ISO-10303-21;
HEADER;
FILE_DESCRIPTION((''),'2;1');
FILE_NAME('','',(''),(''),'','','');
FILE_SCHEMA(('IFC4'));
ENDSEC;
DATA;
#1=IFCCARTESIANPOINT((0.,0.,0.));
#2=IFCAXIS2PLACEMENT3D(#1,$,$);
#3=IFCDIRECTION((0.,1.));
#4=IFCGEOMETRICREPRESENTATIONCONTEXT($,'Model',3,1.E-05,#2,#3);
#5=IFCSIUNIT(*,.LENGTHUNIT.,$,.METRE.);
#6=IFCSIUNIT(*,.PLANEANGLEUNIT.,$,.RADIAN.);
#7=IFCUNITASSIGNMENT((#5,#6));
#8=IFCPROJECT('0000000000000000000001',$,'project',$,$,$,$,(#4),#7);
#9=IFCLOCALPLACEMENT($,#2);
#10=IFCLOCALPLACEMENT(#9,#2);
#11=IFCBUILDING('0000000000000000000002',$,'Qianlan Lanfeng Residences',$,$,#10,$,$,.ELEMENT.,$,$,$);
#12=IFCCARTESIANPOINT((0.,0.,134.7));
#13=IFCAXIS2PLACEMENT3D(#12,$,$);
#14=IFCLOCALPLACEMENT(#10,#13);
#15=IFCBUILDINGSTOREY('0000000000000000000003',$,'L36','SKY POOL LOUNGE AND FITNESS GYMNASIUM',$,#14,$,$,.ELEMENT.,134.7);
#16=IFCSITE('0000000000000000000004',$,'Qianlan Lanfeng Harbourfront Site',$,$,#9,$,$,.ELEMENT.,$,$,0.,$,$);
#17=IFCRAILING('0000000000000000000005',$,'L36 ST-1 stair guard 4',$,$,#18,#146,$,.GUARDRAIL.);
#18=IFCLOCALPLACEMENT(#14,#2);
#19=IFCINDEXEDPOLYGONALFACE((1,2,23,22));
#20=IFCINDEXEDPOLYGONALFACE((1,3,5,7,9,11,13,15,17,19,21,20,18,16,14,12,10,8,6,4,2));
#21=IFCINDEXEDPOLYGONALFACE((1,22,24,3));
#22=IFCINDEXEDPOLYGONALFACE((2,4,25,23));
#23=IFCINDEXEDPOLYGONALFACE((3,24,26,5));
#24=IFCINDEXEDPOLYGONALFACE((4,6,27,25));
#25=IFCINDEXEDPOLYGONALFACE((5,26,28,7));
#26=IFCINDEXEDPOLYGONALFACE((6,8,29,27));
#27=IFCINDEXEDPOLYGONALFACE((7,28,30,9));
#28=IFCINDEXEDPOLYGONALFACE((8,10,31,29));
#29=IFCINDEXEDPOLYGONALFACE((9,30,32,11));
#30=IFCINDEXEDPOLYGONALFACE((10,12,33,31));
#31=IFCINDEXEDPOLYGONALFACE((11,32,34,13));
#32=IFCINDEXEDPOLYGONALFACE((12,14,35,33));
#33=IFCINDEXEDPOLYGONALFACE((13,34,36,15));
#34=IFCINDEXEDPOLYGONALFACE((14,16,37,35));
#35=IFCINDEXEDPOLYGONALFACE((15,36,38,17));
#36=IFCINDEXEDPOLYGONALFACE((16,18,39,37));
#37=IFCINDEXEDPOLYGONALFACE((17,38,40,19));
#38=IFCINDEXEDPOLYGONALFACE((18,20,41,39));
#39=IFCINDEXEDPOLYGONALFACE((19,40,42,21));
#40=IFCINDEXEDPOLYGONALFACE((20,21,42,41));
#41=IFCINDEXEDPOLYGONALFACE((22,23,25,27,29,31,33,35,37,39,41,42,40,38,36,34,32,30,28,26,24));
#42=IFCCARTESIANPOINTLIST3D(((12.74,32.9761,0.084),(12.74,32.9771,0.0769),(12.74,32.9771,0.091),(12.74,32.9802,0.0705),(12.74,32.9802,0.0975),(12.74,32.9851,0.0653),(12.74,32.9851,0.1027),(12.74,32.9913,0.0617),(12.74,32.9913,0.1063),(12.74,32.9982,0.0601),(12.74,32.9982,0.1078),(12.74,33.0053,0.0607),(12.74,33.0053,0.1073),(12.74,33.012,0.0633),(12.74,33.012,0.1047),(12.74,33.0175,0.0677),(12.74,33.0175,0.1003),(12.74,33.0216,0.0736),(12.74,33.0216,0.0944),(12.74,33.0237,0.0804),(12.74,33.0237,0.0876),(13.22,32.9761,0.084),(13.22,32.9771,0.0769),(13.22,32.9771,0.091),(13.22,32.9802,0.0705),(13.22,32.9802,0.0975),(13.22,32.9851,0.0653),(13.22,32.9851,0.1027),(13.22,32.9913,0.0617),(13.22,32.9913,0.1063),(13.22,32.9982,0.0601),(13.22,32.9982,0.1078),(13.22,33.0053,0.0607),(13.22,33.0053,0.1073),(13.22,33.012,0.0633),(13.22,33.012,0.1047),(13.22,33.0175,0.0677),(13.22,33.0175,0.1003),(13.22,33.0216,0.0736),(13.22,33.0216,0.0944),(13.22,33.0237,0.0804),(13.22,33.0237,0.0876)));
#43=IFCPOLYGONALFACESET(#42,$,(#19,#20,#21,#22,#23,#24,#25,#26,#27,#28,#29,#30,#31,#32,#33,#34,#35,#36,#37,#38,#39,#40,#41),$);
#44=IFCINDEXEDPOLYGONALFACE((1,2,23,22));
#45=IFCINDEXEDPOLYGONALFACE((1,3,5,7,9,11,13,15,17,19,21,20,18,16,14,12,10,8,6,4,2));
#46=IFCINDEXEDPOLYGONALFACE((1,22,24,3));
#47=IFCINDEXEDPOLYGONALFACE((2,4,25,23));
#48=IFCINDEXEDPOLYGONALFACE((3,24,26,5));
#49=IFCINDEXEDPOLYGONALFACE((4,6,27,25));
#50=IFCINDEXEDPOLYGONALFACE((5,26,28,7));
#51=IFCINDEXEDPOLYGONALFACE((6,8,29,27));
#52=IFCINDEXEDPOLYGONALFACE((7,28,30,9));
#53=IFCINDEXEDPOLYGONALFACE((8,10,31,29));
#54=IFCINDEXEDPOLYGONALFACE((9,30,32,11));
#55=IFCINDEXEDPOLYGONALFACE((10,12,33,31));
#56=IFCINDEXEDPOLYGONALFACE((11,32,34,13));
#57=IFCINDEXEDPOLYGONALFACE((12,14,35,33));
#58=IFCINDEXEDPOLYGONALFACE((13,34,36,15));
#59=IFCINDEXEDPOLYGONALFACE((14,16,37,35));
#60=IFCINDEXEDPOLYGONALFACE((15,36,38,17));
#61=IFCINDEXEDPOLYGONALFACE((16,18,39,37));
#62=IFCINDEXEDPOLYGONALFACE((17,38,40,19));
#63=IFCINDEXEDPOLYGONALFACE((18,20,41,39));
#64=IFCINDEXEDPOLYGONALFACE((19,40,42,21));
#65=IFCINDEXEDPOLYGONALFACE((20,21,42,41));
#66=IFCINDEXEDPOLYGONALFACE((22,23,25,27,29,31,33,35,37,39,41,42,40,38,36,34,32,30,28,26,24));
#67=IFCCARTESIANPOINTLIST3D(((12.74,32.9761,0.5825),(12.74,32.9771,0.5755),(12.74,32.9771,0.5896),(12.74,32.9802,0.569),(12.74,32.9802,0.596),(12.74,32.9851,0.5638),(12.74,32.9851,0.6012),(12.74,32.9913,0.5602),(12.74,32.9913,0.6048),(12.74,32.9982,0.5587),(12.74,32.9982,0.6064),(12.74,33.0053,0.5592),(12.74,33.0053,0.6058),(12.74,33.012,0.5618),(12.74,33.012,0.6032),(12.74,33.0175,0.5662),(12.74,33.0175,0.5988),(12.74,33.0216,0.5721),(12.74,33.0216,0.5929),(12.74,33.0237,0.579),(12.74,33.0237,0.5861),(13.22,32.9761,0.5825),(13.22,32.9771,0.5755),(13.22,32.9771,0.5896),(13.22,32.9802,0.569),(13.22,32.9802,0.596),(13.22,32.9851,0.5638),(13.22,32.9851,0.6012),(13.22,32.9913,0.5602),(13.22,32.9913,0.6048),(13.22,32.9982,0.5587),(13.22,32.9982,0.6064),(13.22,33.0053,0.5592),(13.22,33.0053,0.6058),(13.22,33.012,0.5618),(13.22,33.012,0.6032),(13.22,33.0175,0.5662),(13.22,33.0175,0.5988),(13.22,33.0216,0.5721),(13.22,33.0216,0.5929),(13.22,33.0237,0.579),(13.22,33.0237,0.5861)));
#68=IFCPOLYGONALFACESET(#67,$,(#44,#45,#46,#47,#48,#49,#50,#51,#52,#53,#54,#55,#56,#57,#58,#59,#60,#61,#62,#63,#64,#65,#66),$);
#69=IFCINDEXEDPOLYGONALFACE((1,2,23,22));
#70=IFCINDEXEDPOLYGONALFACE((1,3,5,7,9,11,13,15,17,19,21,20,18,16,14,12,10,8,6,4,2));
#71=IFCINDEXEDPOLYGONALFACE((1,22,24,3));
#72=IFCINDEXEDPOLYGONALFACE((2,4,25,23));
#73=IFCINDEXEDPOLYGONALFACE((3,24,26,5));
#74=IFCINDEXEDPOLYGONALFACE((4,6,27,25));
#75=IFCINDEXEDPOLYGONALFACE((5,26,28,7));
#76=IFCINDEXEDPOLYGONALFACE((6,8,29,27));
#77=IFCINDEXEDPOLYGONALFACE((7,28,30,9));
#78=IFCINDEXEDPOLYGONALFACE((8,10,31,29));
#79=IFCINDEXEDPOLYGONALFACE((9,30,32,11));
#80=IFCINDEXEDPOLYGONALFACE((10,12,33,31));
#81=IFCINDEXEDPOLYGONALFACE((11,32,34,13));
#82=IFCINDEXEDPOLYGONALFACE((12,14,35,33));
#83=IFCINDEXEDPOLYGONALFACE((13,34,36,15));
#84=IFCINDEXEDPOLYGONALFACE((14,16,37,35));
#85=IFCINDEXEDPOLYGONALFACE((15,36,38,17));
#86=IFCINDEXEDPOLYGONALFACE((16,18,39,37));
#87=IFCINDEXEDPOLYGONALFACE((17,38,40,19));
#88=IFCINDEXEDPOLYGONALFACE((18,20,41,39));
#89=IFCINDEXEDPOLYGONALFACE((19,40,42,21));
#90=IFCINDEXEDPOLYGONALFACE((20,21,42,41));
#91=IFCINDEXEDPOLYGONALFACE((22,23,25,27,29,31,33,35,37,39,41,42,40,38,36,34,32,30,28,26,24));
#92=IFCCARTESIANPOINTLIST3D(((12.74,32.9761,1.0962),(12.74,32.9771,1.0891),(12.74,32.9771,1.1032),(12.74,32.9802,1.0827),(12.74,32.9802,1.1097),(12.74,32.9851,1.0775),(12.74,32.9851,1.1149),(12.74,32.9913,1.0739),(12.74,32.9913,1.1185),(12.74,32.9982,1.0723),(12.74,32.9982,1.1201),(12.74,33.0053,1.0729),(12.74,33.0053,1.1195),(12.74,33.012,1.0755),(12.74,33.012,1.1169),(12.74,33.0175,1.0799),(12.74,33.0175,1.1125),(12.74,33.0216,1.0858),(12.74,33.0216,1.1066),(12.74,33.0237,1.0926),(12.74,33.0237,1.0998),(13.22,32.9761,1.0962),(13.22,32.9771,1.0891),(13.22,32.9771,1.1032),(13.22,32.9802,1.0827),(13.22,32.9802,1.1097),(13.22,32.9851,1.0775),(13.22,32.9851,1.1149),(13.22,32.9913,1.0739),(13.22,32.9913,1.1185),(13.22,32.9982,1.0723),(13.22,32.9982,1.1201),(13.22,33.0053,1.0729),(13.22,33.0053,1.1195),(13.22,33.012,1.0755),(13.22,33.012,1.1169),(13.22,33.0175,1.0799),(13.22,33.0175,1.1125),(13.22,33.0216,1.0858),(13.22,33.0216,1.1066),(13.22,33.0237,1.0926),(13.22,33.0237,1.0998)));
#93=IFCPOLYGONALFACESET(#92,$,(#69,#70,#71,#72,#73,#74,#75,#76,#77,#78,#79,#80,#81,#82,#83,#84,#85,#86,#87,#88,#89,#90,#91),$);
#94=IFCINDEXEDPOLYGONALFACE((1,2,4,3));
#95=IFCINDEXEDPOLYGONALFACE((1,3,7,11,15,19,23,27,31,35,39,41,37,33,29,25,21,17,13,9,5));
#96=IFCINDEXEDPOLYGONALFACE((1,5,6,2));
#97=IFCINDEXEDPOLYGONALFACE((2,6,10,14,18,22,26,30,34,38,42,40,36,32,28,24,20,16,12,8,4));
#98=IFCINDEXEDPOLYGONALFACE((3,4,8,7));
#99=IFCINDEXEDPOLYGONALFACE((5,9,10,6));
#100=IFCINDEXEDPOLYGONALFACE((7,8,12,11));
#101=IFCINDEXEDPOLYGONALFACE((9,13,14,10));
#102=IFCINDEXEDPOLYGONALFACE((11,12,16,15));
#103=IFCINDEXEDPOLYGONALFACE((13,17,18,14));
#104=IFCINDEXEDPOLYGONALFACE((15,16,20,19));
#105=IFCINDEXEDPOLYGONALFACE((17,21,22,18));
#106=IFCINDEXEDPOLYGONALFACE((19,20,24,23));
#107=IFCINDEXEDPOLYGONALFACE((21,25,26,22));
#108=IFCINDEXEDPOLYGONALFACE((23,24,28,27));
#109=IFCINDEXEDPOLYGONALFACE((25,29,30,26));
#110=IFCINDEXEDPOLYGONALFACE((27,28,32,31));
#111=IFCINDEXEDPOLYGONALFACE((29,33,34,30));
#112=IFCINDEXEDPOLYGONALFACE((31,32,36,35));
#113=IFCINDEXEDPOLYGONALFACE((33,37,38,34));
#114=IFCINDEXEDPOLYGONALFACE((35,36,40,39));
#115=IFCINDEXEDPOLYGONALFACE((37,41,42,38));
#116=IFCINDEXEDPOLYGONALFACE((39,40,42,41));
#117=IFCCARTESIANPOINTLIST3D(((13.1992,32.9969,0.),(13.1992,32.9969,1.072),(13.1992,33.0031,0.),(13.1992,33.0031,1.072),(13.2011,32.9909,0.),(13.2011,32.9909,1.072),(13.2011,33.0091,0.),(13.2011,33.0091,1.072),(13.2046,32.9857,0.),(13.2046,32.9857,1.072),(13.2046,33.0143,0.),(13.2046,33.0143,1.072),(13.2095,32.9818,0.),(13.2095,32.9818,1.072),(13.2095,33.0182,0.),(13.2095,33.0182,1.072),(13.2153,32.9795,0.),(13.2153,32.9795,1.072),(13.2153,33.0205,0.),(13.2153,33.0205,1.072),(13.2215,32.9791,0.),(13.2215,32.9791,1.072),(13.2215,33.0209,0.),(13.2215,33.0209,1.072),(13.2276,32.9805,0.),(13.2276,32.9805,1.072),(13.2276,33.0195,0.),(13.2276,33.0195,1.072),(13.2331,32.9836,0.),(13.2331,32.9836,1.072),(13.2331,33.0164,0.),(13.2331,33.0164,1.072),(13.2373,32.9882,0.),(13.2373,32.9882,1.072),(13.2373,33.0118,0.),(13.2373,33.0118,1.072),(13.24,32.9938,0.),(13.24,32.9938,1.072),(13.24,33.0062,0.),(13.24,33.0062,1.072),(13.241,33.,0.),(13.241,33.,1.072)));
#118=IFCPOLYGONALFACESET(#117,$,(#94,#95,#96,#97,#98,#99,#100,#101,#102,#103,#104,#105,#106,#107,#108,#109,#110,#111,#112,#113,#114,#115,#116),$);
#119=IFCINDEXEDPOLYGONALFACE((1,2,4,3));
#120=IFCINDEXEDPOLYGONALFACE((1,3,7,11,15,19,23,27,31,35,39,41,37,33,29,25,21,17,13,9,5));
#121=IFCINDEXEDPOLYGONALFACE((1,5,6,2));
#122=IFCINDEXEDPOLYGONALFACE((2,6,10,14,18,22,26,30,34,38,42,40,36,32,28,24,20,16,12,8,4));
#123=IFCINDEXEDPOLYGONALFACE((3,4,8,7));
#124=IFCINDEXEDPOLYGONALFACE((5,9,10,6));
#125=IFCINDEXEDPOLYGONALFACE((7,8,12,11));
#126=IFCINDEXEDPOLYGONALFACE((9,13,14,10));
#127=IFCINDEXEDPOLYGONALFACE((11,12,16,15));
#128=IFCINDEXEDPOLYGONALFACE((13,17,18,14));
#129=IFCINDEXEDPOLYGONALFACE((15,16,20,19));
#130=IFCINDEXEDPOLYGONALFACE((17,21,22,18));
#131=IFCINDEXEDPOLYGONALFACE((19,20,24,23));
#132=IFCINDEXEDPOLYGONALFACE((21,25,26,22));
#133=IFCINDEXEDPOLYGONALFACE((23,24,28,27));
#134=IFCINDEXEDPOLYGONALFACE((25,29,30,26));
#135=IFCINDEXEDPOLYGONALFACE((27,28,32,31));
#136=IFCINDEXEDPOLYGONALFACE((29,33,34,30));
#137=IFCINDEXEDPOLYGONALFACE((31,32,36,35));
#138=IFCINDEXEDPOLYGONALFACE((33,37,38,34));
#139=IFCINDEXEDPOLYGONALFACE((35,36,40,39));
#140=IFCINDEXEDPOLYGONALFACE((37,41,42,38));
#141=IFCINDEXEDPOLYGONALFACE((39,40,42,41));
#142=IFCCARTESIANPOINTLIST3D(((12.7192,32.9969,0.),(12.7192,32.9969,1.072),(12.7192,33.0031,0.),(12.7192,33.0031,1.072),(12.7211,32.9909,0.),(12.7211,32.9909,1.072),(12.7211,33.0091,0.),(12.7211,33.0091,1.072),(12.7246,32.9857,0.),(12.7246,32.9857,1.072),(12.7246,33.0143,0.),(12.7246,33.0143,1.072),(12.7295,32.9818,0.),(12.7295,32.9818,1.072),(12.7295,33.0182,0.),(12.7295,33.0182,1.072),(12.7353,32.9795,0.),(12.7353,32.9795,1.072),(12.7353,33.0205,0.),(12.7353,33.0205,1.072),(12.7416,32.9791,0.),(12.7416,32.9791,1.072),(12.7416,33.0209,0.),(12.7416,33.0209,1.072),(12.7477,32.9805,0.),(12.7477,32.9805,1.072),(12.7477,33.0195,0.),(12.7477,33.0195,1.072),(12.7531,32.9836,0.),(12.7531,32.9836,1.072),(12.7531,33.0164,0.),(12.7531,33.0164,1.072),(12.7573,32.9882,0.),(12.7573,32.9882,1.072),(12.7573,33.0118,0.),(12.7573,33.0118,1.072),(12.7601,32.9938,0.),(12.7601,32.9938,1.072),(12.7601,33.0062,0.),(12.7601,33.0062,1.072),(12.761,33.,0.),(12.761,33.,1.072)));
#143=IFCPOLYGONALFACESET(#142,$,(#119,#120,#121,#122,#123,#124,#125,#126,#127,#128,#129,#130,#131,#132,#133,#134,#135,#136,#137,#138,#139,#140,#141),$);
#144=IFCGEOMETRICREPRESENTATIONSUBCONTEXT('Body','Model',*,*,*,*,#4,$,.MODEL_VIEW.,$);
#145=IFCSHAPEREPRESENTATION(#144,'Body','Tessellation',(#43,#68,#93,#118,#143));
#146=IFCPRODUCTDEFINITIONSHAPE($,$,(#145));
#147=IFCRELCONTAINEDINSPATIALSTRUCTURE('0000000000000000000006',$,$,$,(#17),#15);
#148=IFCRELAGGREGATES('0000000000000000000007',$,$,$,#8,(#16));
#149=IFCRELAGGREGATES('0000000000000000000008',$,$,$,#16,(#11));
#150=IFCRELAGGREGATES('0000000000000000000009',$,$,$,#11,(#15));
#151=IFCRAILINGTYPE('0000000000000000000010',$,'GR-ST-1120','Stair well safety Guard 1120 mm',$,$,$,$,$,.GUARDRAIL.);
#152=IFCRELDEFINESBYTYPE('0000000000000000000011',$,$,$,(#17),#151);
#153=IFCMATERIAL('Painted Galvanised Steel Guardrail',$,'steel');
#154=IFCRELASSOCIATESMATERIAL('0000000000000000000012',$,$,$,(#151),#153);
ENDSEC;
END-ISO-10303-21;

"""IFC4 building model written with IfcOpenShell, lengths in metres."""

from ifc_helpers import new_model, si_unit, direction, frame, origin, origin_2d, place, context, subcontext, project, spatial, circle, extrude, material, type_object, element, save


model = new_model("IFC4")

# Units and contexts
model_context = context("Model", 3, precision=1e-05, world=origin(), true_north=direction((0.0, 1.0)))
body_context = subcontext(model_context, "Body", "Model", "MODEL_VIEW")
ifc_project = project(units=[si_unit("LENGTHUNIT", "METRE"), si_unit("PLANEANGLEUNIT", "RADIAN")], contexts=[model_context])

# Site, building, storey
site_placement = place(None, origin())
site = spatial("IfcSite", under=ifc_project, at=site_placement, Name="Qianlan Lanfeng Harbourfront Site", CompositionType="ELEMENT", RefElevation=0.0)
building_placement = place(site_placement, origin())
building = spatial("IfcBuilding", under=site, at=building_placement, Name="Qianlan Lanfeng Residences", CompositionType="ELEMENT")
storey_placement = place(building_placement, frame((0.0, 0.0, 134.7)))
storey = spatial("IfcBuildingStorey", under=building, at=storey_placement, Name="L36", Description="SKY POOL LOUNGE AND FITNESS GYMNASIUM", CompositionType="ELEMENT", Elevation=134.7)

# Railing
ifc_material_1 = material(Name="Painted Galvanised Steel Guardrail", Category="steel")
railing_type_1 = type_object("IfcRailingType", Name="GR-ST-1120", Description="Stair well safety Guard 1120 mm", PredefinedType="GUARDRAIL", material=ifc_material_1)
railing_1_placement = place(storey_placement, frame((13.22, 33.0, 0.0)))
element("IfcRailing", 1, at=railing_1_placement, inside=storey, type_object=railing_type_1, Name="L36 ST-1 stair guard 4", PredefinedType="GUARDRAIL", context=body_context, shape_type="SweptSolid", body=[
    extrude(circle(Radius=0.0239, at=origin_2d()), frame((0.0, 0.0, 0.084), z_axis=(-1.0, 0.0, 0.0), x_axis=(0.0, -1.0, 0.0)), (0.0, 0.0, 1.0), 0.48),
    extrude(circle(Radius=0.0239, at=origin_2d()), frame((0.0, 0.0, 0.5825), z_axis=(-1.0, 0.0, 0.0), x_axis=(0.0, -1.0, 0.0)), (0.0, 0.0, 1.0), 0.48),
    extrude(circle(Radius=0.0239, at=origin_2d()), frame((0.0, 0.0, 1.0962), z_axis=(-1.0, 0.0, 0.0), x_axis=(0.0, -1.0, 0.0)), (0.0, 0.0, 1.0), 0.48),
    extrude(circle(Radius=0.021, at=origin_2d()), origin(), (0.0, 0.0, 1.0), 1.072),
    extrude(circle(Radius=0.021, at=origin_2d()), frame((-0.48, 0.0, 0.0)), (0.0, 0.0, 1.0), 1.072),
])

save(model, "model.ifc")
